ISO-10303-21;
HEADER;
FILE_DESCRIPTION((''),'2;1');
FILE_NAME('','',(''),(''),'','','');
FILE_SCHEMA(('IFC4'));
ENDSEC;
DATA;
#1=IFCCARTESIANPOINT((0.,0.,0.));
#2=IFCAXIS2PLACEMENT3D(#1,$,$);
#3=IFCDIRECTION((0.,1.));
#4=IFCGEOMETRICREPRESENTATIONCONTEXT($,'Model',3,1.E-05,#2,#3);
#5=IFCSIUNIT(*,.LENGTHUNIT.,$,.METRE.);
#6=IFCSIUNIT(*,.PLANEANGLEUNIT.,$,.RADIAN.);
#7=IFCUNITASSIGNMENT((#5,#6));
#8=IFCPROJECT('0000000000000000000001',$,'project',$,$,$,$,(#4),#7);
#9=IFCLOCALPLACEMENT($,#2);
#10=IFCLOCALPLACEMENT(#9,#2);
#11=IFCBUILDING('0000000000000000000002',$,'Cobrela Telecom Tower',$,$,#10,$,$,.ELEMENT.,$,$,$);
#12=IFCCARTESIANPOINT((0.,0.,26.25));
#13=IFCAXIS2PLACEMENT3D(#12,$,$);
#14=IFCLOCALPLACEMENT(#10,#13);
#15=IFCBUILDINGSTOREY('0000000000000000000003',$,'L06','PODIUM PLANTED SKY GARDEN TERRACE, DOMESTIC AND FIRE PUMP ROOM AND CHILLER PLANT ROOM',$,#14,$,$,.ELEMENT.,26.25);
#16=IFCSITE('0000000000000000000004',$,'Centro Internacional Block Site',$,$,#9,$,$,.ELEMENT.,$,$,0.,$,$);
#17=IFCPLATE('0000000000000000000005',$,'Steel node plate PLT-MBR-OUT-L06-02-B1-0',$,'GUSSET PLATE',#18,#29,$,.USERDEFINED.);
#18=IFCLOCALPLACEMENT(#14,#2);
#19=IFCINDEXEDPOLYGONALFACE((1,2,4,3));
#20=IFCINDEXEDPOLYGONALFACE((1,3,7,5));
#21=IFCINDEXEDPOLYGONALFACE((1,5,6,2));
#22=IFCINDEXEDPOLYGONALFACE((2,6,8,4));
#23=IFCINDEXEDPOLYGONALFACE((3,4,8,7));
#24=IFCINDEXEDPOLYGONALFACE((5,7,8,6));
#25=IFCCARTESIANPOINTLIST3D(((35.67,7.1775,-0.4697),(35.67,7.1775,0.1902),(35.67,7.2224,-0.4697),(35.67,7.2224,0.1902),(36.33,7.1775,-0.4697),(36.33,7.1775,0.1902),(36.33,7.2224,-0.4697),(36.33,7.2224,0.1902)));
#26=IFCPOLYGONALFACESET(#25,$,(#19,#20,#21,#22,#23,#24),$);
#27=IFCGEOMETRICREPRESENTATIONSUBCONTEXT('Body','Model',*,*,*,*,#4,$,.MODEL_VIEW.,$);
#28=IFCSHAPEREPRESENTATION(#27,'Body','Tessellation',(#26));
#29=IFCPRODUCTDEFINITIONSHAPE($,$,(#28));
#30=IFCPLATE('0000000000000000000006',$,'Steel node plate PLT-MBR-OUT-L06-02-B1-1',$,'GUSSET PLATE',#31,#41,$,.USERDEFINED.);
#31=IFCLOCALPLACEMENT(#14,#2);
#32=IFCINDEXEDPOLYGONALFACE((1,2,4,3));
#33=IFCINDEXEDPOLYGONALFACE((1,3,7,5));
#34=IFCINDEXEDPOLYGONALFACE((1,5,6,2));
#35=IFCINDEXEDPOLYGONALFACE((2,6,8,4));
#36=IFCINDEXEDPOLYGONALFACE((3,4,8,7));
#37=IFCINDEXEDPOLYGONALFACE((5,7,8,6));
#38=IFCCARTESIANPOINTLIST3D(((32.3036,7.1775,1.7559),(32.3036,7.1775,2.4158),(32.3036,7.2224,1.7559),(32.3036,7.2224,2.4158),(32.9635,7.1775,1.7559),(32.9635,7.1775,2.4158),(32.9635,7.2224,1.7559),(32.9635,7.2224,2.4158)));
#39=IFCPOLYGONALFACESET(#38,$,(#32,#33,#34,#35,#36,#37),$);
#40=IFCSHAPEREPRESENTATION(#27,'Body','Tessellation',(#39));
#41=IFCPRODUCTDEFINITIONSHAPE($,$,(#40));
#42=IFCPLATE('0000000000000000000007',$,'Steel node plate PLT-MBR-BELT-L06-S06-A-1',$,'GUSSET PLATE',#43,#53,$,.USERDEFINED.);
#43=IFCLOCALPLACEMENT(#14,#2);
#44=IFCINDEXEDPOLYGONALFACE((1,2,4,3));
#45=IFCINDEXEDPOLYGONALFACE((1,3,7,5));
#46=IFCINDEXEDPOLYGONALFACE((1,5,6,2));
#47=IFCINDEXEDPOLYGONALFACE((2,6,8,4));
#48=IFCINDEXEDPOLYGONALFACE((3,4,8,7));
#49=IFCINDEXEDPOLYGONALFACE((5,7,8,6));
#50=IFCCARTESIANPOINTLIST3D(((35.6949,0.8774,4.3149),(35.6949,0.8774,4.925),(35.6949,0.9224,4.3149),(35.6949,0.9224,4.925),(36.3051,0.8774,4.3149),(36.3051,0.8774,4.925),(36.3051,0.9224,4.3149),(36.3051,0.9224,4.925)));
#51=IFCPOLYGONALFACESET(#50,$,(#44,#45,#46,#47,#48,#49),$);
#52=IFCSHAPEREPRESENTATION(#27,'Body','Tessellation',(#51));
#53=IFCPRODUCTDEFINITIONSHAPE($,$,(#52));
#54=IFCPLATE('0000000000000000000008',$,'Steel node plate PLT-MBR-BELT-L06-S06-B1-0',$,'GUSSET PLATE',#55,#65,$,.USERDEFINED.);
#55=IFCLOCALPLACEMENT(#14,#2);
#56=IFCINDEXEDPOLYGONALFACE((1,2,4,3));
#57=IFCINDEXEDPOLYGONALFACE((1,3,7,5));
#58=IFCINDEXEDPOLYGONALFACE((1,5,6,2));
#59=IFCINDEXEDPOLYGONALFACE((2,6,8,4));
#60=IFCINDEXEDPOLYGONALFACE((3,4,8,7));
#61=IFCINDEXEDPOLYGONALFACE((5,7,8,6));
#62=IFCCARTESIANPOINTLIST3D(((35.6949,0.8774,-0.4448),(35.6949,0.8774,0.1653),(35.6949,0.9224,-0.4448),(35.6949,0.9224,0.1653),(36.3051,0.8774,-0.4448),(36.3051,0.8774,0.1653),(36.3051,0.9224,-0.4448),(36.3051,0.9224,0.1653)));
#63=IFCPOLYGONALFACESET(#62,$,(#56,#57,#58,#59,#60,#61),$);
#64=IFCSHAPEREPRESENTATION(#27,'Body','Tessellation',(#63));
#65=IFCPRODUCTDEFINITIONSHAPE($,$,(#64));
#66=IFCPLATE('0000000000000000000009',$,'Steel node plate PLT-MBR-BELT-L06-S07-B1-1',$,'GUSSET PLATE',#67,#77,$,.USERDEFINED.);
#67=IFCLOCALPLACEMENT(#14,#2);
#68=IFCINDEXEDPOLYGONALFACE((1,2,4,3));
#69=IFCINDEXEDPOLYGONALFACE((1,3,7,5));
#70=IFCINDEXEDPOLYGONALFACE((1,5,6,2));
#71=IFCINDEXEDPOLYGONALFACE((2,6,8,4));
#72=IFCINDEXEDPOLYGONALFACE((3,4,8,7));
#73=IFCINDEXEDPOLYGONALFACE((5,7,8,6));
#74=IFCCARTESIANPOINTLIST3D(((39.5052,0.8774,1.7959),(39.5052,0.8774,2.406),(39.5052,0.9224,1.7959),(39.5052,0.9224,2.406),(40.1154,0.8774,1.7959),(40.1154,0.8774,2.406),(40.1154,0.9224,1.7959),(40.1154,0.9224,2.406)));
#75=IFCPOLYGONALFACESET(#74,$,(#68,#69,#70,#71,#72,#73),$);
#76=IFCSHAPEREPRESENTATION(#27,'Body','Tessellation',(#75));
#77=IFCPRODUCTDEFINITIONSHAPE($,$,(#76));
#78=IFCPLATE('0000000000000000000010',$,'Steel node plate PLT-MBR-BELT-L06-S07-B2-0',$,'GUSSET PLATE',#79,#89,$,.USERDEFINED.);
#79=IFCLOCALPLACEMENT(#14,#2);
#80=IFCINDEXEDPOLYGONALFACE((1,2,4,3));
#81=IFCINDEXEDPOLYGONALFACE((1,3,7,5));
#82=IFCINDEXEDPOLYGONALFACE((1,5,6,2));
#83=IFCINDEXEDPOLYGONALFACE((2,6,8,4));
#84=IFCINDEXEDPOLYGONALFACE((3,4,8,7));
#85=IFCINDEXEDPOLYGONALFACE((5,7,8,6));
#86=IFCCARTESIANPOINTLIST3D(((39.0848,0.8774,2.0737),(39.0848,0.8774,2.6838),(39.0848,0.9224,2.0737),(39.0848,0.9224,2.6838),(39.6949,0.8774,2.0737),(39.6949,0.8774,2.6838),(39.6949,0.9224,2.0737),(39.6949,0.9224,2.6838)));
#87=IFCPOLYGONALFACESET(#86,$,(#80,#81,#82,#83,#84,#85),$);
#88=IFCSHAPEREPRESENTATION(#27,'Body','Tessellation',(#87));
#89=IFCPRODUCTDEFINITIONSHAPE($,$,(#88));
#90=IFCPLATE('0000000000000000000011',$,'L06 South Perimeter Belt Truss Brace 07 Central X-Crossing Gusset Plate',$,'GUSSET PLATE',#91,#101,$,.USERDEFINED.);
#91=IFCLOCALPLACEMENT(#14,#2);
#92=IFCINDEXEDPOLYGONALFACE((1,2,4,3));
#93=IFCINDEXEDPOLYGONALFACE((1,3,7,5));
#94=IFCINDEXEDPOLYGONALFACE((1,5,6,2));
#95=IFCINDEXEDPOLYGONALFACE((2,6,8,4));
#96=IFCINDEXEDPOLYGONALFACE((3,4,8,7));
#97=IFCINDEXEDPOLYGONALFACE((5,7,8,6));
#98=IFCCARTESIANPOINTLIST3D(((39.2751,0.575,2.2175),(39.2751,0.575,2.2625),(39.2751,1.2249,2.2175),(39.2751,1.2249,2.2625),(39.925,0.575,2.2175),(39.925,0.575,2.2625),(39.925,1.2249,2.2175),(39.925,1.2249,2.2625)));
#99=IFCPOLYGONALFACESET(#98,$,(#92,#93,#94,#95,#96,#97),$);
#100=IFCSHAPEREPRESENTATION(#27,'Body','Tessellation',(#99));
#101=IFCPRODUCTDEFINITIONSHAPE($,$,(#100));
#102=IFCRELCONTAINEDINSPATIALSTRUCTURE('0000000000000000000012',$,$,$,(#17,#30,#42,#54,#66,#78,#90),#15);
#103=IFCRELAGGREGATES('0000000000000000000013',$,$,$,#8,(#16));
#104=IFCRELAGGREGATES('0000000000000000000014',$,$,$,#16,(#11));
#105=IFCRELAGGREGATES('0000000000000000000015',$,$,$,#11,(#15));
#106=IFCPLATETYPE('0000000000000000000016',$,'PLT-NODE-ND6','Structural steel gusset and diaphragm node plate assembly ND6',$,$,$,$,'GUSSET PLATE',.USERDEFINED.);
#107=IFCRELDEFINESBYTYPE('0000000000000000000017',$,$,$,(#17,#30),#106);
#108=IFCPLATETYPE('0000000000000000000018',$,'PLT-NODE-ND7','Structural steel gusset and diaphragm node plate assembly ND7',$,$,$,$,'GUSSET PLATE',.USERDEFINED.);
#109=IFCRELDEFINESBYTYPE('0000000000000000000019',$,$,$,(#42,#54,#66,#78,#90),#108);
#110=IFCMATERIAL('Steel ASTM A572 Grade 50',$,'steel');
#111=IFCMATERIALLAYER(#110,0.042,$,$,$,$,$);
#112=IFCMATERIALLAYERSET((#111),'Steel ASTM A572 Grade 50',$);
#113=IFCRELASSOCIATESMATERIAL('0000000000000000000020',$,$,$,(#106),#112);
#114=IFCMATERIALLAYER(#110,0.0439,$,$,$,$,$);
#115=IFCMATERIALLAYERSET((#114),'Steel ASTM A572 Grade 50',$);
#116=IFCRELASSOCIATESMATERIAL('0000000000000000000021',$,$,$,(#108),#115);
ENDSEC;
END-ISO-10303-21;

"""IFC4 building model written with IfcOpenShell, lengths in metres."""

from ifc_helpers import new_model, si_unit, direction, frame, origin, origin_2d, place, context, subcontext, project, spatial, rectangle, extrude, material, layer, layer_set, type_object, element, save


model = new_model("IFC4")

# Units and contexts
model_context = context("Model", 3, precision=1e-05, world=origin(), true_north=direction((0.0, 1.0)))
body_context = subcontext(model_context, "Body", "Model", "MODEL_VIEW")
ifc_project = project(units=[si_unit("LENGTHUNIT", "METRE"), si_unit("PLANEANGLEUNIT", "RADIAN")], contexts=[model_context])

# Site, building, storey
site_placement = place(None, origin())
site = spatial("IfcSite", under=ifc_project, at=site_placement, Name="Centro Internacional Block Site", CompositionType="ELEMENT", RefElevation=0.0)
building_placement = place(site_placement, origin())
building = spatial("IfcBuilding", under=site, at=building_placement, Name="Cobrela Telecom Tower", CompositionType="ELEMENT")
storey_placement = place(building_placement, frame((0.0, 0.0, 26.25)))
storey = spatial("IfcBuildingStorey", under=building, at=storey_placement, Name="L06", Description="PODIUM PLANTED SKY GARDEN TERRACE, DOMESTIC AND FIRE PUMP ROOM AND CHILLER PLANT ROOM", CompositionType="ELEMENT", Elevation=26.25)

# Shared definitions
ifc_material_1 = material(Name="Steel ASTM A572 Grade 50", Category="steel")

# Plates
ifc_layer_1 = layer(ifc_material_1, 0.042)
ifc_layer_set_1 = layer_set([ifc_layer_1], Name="Steel ASTM A572 Grade 50")
plate_type_1 = type_object("IfcPlateType", Name="PLT-NODE-ND6", Description="Structural steel gusset and diaphragm node plate assembly ND6", ElementType="GUSSET PLATE", PredefinedType="USERDEFINED", material=ifc_layer_set_1)
for number, where, z_axis, x_axis, name in (
    (1, (36.0, 7.2, -0.4697), (0.0, 0.0, 1.0), (-1.0, 0.0, 0.0), "Steel node plate PLT-MBR-OUT-L06-02-B1-0"),
    (2, (32.6335, 7.2, 1.7559), (0.0, 0.0, 1.0), (-1.0, 0.0, 0.0), "Steel node plate PLT-MBR-OUT-L06-02-B1-1"),
):
    element("IfcPlate", number, at=place(storey_placement, frame(where, z_axis=z_axis, x_axis=x_axis)), inside=storey, type_object=plate_type_1, Name=name, ObjectType="GUSSET PLATE", PredefinedType="USERDEFINED", context=body_context, shape_type="SweptSolid", body=[
        extrude(rectangle(XDim=0.6599, YDim=0.0449, at=origin_2d()), origin(), (0.0, 0.0, 1.0), 0.6599),
    ])
ifc_layer_2 = layer(ifc_material_1, 0.0439)
ifc_layer_set_2 = layer_set([ifc_layer_2], Name="Steel ASTM A572 Grade 50")
plate_type_2 = type_object("IfcPlateType", Name="PLT-NODE-ND7", Description="Structural steel gusset and diaphragm node plate assembly ND7", ElementType="GUSSET PLATE", PredefinedType="USERDEFINED", material=ifc_layer_set_2)
for number, where, z_axis, x_axis, name in (
    (3, (36.0, 0.8999, 4.3149), (0.0, 0.0, 1.0), (1.0, 0.0, 0.0), "Steel node plate PLT-MBR-BELT-L06-S06-A-1"),
    (4, (36.0, 0.8999, -0.4448), (0.0, 0.0, 1.0), (-1.0, 0.0, 0.0), "Steel node plate PLT-MBR-BELT-L06-S06-B1-0"),
    (5, (39.8103, 0.8999, 1.7959), (0.0, 0.0, 1.0), (-1.0, 0.0, 0.0), "Steel node plate PLT-MBR-BELT-L06-S07-B1-1"),
    (6, (39.3899, 0.8999, 2.0737), (0.0, 0.0, 1.0), (-1.0, 0.0, 0.0), "Steel node plate PLT-MBR-BELT-L06-S07-B2-0"),
):
    element("IfcPlate", number, at=place(storey_placement, frame(where, z_axis=z_axis, x_axis=x_axis)), inside=storey, type_object=plate_type_2, Name=name, ObjectType="GUSSET PLATE", PredefinedType="USERDEFINED", context=body_context, shape_type="SweptSolid", body=[
        extrude(rectangle(XDim=0.6101, YDim=0.0449, at=origin_2d()), origin(), (0.0, 0.0, 1.0), 0.6101),
    ])
plate_placement = place(storey_placement, frame((39.6001, 0.8999, 2.2175), z_axis=(0.0, 0.0, 1.0), x_axis=(1.0, 0.0, 0.0)))
element("IfcPlate", 7, at=plate_placement, inside=storey, type_object=plate_type_2, Name="L06 South Perimeter Belt Truss Brace 07 Central X-Crossing Gusset Plate", ObjectType="GUSSET PLATE", PredefinedType="USERDEFINED", context=body_context, shape_type="SweptSolid", body=[
    extrude(rectangle(XDim=0.6499, YDim=0.6499, at=origin_2d()), origin(), (0.0, 0.0, 1.0), 0.0449),
])

save(model, "model.ifc")
